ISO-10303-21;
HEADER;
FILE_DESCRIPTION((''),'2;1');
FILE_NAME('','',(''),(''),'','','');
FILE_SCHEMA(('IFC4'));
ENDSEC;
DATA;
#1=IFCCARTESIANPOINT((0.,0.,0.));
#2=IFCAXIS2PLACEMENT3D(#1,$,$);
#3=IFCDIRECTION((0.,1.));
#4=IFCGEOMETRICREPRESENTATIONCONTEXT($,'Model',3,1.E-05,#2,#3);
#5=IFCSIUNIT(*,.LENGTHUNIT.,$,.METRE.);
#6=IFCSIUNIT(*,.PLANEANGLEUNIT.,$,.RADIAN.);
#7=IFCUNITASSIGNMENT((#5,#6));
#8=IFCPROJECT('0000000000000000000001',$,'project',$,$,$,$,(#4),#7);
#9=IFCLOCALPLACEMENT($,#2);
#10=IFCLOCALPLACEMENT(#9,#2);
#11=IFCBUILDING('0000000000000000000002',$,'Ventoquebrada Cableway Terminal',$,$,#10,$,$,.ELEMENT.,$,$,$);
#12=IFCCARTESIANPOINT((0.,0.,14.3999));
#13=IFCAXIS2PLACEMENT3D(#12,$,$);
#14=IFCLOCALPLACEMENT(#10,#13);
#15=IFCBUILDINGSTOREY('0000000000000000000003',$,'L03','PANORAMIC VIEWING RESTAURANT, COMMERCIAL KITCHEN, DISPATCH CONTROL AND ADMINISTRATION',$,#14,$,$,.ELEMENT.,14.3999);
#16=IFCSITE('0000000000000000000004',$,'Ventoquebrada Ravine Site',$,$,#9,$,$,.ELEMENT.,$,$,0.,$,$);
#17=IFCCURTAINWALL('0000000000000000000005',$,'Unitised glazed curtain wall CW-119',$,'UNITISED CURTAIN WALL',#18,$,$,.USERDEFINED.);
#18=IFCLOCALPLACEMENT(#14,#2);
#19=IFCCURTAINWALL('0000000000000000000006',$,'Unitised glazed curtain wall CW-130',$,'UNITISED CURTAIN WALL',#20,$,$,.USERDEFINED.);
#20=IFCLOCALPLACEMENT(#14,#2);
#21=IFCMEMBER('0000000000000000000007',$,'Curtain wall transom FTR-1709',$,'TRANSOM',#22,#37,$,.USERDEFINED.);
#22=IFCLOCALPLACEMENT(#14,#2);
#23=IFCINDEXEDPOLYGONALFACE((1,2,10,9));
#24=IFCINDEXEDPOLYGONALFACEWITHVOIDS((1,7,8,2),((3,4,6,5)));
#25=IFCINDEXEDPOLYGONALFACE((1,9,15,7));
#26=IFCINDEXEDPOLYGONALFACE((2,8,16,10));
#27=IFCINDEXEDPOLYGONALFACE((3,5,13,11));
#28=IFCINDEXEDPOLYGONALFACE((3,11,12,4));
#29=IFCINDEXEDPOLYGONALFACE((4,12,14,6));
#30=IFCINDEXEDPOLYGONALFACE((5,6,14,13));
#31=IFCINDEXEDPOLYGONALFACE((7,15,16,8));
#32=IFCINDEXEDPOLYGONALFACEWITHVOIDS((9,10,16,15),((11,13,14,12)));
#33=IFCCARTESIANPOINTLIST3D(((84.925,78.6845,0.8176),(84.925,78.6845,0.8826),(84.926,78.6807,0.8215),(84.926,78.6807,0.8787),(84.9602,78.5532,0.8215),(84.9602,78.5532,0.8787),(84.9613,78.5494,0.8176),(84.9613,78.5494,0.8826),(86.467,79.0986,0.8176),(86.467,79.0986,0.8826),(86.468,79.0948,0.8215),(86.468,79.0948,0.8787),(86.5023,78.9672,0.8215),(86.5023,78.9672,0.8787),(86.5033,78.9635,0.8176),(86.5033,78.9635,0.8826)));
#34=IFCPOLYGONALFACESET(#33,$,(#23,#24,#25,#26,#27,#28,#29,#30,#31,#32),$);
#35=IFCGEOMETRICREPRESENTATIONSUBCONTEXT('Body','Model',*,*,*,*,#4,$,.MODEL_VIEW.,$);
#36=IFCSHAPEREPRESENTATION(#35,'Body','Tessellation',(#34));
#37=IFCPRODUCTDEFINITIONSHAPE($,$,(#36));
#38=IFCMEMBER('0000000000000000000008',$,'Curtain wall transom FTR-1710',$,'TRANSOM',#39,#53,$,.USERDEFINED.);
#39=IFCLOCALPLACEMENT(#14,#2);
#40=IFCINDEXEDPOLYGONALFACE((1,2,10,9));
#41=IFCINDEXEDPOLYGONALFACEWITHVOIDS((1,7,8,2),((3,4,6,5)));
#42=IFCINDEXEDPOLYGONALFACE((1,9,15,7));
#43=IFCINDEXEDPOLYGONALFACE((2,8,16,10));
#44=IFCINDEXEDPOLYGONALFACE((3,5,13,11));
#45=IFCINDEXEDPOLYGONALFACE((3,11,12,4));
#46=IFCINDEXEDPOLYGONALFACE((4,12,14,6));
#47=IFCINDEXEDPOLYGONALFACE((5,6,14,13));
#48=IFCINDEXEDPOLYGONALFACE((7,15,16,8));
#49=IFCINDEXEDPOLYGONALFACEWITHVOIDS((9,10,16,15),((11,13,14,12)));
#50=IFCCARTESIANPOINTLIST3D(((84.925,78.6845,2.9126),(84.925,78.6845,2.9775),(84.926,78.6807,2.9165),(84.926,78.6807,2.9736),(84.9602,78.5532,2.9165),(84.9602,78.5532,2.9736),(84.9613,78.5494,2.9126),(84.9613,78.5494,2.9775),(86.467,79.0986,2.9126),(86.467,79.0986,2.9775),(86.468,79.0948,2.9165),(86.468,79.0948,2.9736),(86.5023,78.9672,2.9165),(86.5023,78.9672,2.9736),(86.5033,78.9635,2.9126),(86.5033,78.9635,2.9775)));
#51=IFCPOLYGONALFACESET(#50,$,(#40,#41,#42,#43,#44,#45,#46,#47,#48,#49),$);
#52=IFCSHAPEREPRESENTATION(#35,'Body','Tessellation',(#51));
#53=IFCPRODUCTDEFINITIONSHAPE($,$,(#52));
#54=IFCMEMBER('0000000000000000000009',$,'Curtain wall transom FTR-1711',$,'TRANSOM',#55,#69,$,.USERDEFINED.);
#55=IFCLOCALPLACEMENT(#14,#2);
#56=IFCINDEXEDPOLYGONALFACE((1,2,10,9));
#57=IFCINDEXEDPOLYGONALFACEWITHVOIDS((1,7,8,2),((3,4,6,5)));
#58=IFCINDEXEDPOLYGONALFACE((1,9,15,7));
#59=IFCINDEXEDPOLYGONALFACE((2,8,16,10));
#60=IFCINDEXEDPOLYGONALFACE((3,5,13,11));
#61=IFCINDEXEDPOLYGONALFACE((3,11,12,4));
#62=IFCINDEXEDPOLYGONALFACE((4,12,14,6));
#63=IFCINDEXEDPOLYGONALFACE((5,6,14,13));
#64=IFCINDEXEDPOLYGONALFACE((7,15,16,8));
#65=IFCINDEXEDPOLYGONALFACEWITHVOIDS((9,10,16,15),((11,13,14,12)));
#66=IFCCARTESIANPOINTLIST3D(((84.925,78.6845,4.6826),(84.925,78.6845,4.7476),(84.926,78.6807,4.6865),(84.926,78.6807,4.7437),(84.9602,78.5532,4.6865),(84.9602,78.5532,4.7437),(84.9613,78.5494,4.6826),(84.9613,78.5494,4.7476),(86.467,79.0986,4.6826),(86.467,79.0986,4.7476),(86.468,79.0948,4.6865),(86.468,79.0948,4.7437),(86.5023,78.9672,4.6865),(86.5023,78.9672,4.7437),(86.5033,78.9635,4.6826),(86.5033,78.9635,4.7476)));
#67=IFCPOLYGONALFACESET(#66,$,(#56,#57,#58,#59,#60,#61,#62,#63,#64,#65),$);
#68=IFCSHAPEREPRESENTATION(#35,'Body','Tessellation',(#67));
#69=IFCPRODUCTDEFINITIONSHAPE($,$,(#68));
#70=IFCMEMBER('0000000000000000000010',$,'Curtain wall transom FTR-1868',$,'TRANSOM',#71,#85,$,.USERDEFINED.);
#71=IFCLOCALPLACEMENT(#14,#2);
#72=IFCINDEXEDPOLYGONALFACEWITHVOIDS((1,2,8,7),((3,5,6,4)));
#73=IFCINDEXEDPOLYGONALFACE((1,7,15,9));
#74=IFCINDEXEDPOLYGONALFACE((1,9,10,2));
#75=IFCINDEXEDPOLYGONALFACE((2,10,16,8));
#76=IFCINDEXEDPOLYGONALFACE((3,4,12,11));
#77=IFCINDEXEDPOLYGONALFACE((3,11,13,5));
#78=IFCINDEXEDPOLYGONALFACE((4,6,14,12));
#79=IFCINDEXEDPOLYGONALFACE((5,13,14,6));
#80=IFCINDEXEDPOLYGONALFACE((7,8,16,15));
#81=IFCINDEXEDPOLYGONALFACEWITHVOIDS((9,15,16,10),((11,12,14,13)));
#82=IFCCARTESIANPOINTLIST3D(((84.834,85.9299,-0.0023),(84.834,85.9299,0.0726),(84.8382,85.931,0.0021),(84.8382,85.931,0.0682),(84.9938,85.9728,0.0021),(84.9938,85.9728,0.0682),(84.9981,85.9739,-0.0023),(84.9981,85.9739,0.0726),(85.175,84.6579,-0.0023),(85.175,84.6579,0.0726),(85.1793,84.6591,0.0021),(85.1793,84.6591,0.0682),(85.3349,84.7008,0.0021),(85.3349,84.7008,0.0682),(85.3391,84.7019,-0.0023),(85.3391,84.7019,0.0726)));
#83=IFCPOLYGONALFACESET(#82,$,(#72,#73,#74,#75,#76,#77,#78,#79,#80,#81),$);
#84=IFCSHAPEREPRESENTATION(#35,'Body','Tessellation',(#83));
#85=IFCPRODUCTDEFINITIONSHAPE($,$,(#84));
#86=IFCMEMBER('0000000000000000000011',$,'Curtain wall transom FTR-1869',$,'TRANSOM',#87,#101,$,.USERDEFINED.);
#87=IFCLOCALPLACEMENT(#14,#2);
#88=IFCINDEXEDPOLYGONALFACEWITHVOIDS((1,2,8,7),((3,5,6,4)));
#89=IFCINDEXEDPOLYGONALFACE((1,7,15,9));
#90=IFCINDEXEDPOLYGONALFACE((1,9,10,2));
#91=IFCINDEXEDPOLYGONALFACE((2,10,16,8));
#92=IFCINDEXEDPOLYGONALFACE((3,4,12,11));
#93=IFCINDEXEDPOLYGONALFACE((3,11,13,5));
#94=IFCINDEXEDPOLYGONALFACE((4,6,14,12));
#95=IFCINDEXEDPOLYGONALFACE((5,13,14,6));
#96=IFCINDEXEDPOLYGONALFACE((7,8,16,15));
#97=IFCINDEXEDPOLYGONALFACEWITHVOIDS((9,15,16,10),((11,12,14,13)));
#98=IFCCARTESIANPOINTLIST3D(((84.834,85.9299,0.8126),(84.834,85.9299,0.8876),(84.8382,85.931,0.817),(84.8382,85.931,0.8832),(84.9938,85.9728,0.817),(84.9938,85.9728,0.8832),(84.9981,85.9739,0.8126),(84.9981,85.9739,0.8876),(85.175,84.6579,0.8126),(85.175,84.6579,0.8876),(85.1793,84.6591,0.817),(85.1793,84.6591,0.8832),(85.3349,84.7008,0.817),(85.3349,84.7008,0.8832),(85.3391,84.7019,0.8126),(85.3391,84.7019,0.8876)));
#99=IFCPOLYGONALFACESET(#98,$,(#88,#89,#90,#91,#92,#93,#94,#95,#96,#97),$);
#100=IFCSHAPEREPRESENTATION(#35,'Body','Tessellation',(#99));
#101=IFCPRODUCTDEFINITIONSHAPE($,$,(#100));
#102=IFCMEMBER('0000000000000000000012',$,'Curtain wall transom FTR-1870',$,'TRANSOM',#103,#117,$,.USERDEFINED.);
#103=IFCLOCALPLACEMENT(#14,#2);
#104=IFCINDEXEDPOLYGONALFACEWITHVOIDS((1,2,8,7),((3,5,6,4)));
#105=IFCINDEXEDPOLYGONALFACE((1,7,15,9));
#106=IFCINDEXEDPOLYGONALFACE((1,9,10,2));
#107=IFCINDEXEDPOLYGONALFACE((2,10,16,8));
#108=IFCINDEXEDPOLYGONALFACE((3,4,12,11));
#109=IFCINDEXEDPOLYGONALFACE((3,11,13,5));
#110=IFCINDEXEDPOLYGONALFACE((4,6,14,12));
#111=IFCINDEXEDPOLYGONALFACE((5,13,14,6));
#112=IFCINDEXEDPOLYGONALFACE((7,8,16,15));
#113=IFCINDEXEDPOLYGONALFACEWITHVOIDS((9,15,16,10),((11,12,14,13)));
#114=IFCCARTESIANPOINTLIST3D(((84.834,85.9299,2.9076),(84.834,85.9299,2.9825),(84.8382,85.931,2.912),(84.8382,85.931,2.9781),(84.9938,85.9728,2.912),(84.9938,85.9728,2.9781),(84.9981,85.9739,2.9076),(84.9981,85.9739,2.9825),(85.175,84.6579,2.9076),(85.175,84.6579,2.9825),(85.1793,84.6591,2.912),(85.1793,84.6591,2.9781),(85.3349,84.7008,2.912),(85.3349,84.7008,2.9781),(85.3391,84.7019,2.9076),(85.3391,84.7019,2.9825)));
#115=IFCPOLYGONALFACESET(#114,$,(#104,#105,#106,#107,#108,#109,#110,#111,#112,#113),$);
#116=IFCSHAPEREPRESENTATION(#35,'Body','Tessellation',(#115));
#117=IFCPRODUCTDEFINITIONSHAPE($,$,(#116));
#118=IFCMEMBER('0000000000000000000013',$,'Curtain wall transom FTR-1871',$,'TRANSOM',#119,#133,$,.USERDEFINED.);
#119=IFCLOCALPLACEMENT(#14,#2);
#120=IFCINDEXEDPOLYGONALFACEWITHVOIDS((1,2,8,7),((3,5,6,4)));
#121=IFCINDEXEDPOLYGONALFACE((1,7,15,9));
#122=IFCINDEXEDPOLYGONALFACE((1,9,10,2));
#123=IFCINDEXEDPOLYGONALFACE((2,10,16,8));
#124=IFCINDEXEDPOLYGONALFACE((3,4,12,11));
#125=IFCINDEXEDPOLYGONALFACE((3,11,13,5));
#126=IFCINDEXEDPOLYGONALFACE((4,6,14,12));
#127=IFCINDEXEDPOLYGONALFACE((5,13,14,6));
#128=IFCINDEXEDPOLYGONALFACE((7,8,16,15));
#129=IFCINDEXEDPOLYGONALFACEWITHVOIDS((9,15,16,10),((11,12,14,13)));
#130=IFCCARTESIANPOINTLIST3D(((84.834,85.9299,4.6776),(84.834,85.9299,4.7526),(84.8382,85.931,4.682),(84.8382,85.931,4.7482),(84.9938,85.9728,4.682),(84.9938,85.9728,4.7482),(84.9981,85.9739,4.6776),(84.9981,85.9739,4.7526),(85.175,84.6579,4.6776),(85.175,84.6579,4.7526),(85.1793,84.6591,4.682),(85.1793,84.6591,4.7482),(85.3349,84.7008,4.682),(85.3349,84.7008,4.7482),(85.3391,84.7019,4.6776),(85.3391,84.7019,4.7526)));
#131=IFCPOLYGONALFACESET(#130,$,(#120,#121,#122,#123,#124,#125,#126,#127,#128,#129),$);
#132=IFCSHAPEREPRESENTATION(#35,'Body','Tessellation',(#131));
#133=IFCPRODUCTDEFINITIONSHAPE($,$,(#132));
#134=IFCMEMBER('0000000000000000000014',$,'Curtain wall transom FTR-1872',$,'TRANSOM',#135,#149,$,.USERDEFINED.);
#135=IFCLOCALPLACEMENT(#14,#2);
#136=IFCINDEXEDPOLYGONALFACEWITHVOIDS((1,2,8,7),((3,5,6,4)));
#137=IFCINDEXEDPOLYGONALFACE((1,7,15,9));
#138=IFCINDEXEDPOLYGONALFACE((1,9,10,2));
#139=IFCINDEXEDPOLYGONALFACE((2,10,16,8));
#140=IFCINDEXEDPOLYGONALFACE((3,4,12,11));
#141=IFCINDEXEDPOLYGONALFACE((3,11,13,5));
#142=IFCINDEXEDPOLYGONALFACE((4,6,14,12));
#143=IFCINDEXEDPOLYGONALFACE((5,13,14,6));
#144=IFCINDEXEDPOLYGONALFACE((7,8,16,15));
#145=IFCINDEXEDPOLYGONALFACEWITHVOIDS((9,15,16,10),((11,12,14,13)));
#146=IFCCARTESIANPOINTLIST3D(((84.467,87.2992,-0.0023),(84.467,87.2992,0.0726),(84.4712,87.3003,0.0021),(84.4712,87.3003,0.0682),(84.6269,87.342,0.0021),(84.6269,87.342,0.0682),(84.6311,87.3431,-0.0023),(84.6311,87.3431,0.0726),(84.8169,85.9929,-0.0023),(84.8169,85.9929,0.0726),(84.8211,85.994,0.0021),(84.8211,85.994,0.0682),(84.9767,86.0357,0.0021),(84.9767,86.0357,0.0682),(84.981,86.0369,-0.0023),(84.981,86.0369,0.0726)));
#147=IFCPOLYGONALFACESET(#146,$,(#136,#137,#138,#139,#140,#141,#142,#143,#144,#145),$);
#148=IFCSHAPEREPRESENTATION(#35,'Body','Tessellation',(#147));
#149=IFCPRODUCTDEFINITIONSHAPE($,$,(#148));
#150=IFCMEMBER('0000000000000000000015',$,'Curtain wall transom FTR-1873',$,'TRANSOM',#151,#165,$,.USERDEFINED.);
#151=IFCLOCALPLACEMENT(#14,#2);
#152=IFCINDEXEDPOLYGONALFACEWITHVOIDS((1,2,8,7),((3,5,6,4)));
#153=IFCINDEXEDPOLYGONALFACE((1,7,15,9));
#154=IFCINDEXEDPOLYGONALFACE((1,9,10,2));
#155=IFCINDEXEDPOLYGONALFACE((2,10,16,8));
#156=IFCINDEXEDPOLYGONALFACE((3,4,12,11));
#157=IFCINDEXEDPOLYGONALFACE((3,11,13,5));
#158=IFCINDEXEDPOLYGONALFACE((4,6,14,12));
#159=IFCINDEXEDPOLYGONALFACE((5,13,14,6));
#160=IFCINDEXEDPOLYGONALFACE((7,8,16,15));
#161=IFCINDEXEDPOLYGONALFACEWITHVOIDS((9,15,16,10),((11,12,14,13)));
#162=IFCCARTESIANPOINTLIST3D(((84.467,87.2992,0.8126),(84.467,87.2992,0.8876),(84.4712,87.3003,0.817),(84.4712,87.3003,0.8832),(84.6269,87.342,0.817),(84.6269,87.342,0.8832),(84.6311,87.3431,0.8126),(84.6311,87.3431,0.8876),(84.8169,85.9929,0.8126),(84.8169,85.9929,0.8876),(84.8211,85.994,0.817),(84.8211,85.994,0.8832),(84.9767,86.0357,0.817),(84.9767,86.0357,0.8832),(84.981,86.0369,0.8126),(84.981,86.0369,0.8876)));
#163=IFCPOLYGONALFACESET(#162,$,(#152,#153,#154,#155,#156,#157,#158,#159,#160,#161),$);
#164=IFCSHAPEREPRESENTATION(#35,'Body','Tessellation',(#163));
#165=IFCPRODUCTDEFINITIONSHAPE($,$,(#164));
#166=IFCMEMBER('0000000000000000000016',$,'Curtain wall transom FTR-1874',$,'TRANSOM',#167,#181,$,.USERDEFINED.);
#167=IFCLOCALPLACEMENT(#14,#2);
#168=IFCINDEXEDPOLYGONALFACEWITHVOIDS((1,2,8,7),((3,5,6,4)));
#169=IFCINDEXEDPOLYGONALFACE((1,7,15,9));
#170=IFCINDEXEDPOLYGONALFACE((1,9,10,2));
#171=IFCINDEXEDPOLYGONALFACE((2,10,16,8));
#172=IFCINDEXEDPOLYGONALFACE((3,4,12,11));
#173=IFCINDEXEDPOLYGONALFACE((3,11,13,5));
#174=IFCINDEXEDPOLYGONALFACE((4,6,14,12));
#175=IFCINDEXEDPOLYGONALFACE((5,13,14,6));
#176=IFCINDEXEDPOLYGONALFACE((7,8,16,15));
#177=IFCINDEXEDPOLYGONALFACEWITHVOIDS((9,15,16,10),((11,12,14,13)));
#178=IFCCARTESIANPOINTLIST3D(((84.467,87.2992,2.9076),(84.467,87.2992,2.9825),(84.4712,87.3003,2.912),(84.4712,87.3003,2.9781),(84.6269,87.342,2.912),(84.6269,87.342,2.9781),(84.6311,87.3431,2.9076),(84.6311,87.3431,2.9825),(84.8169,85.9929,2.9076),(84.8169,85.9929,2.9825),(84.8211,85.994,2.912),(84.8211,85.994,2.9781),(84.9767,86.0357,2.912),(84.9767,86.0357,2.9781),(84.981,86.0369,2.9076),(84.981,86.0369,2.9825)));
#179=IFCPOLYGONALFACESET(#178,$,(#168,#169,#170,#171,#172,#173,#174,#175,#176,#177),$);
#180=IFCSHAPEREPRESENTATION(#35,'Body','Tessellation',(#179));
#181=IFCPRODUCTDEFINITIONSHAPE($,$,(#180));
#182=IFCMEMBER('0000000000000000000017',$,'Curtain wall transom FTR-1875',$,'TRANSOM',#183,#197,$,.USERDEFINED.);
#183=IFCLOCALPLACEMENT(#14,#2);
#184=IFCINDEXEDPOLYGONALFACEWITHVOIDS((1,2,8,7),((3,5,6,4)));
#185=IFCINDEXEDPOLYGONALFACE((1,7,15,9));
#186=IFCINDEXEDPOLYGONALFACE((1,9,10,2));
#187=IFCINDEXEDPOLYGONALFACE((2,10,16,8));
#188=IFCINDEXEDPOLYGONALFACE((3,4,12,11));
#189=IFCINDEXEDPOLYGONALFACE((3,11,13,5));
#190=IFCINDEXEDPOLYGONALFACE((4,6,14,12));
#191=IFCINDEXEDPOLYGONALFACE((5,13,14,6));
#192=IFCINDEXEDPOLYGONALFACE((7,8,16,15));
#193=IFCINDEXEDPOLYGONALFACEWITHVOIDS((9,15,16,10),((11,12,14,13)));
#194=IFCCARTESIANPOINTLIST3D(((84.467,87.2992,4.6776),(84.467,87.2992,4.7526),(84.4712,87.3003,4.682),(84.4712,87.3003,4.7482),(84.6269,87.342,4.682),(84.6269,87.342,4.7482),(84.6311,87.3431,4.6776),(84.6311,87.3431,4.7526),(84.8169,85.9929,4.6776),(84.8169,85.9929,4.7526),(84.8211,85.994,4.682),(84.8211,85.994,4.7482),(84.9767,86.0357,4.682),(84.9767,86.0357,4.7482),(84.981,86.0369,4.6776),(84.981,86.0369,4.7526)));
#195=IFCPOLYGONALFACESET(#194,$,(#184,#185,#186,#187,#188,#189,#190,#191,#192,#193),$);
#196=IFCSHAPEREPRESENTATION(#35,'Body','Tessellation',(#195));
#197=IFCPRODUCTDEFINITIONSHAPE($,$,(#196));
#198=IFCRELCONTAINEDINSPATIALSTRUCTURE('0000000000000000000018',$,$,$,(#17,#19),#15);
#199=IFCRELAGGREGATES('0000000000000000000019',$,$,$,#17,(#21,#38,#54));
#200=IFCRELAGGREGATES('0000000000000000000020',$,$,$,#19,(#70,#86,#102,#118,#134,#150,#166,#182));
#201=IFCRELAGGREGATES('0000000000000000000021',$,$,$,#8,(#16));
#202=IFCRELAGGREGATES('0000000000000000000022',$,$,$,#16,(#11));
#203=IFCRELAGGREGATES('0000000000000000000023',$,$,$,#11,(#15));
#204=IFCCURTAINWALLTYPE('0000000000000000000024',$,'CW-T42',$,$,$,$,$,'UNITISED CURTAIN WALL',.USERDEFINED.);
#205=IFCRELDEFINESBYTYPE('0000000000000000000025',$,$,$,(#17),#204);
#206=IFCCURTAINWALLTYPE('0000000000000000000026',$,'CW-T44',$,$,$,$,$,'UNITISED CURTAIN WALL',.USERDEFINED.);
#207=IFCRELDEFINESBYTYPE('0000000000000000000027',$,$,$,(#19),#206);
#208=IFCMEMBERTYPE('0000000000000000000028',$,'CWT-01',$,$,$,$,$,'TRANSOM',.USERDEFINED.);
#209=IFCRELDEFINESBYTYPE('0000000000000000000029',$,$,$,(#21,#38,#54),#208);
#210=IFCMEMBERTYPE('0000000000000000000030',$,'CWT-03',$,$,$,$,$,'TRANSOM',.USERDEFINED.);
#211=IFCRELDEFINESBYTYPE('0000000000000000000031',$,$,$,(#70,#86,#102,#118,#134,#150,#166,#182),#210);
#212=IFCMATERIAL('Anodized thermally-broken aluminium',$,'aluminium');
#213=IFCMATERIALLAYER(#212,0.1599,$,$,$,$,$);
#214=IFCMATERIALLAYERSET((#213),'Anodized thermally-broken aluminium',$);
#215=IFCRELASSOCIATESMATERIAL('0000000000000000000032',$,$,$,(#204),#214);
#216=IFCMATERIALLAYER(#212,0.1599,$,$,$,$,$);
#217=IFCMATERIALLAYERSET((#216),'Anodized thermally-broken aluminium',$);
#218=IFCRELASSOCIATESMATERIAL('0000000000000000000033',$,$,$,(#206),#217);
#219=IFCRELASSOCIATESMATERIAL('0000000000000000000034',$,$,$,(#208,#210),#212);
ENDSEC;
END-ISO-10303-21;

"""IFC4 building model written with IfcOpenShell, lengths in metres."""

from ifc_helpers import new_model, si_unit, direction, frame, origin, origin_2d, place, context, subcontext, project, spatial, hollow_rectangle, extrude, material, layer, layer_set, material_profile, profile_set, type_object, element, aggregate, save


model = new_model("IFC4")

# Units and contexts
model_context = context("Model", 3, precision=1e-05, world=origin(), true_north=direction((0.0, 1.0)))
body_context = subcontext(model_context, "Body", "Model", "MODEL_VIEW")
ifc_project = project(units=[si_unit("LENGTHUNIT", "METRE"), si_unit("PLANEANGLEUNIT", "RADIAN")], contexts=[model_context])

# Site, building, storey
site_placement = place(None, origin())
site = spatial("IfcSite", under=ifc_project, at=site_placement, Name="Ventoquebrada Ravine Site", CompositionType="ELEMENT", RefElevation=0.0)
building_placement = place(site_placement, origin())
building = spatial("IfcBuilding", under=site, at=building_placement, Name="Ventoquebrada Cableway Terminal", CompositionType="ELEMENT")
storey_placement = place(building_placement, frame((0.0, 0.0, 14.3999)))
storey = spatial("IfcBuildingStorey", under=building, at=storey_placement, Name="L03", Description="PANORAMIC VIEWING RESTAURANT, COMMERCIAL KITCHEN, DISPATCH CONTROL AND ADMINISTRATION", CompositionType="ELEMENT", Elevation=14.3999)

# Curtain wall
ifc_material_1 = material(Name="Anodized thermally-broken aluminium", Category="aluminium")
ifc_layer_1 = layer(ifc_material_1, 0.1599)
ifc_layer_set_1 = layer_set([ifc_layer_1], Name="Anodized thermally-broken aluminium")
curtain_wall_type_1 = type_object("IfcCurtainWallType", Name="CW-T42", ElementType="UNITISED CURTAIN WALL", PredefinedType="USERDEFINED", material=ifc_layer_set_1)
curtain_wall_1_placement = place(storey_placement, origin())
curtain_wall_1 = element("IfcCurtainWall", 1, at=curtain_wall_1_placement, inside=storey, type_object=curtain_wall_type_1, Name="Unitised glazed curtain wall CW-119", ObjectType="UNITISED CURTAIN WALL", PredefinedType="USERDEFINED")

# Curtain wall
ifc_layer_2 = layer(ifc_material_1, 0.1599)
ifc_layer_set_2 = layer_set([ifc_layer_2], Name="Anodized thermally-broken aluminium")
curtain_wall_type_2 = type_object("IfcCurtainWallType", Name="CW-T44", ElementType="UNITISED CURTAIN WALL", PredefinedType="USERDEFINED", material=ifc_layer_set_2)
curtain_wall_2_placement = place(storey_placement, origin())
curtain_wall_2 = element("IfcCurtainWall", 2, at=curtain_wall_2_placement, inside=storey, type_object=curtain_wall_type_2, Name="Unitised glazed curtain wall CW-130", ObjectType="UNITISED CURTAIN WALL", PredefinedType="USERDEFINED")

# Members
ifc_material_profile_1 = material_profile(ifc_material_1, hollow_rectangle(XDim=0.0649, YDim=0.1399, WallThickness=0.0039, at=origin_2d()), Name="CW-TRN-65X140")
ifc_profile_set_1 = profile_set([ifc_material_profile_1], Name="Anodized thermally-broken aluminium")
member_type_1 = type_object("IfcMemberType", Name="CWT-01", ElementType="TRANSOM", PredefinedType="USERDEFINED", material=ifc_profile_set_1)
member_1_placement = place(storey_placement, frame((84.9431, 78.6169, 0.8501), z_axis=(0.965787, 0.259337, 0.0), x_axis=(0.0, 0.0, 1.0)))
member_1 = element("IfcMember", 3, at=member_1_placement, type_object=member_type_1, Name="Curtain wall transom FTR-1709", ObjectType="TRANSOM", PredefinedType="USERDEFINED", context=body_context, shape_type="SweptSolid", body=[
    extrude(hollow_rectangle(XDim=0.0649, YDim=0.1399, WallThickness=0.0039, at=origin_2d()), origin(), (0.0, 0.0, 1.0), 1.5967),
])
member_2_placement = place(storey_placement, frame((84.9431, 78.6169, 2.9451), z_axis=(0.965787, 0.259337, 0.0), x_axis=(0.0, 0.0, 1.0)))
member_2 = element("IfcMember", 4, at=member_2_placement, type_object=member_type_1, Name="Curtain wall transom FTR-1710", ObjectType="TRANSOM", PredefinedType="USERDEFINED", context=body_context, shape_type="SweptSolid", body=[
    extrude(hollow_rectangle(XDim=0.0649, YDim=0.1399, WallThickness=0.0039, at=origin_2d()), origin(), (0.0, 0.0, 1.0), 1.5967),
])
member_3_placement = place(storey_placement, frame((84.9431, 78.6169, 4.7151), z_axis=(0.965787, 0.259337, 0.0), x_axis=(0.0, 0.0, 1.0)))
member_3 = element("IfcMember", 5, at=member_3_placement, type_object=member_type_1, Name="Curtain wall transom FTR-1711", ObjectType="TRANSOM", PredefinedType="USERDEFINED", context=body_context, shape_type="SweptSolid", body=[
    extrude(hollow_rectangle(XDim=0.0649, YDim=0.1399, WallThickness=0.0039, at=origin_2d()), origin(), (0.0, 0.0, 1.0), 1.5967),
])
ifc_material_profile_2 = material_profile(ifc_material_1, hollow_rectangle(XDim=0.075, YDim=0.1699, WallThickness=0.0044, at=origin_2d()), Name="CW-TRN-75X170")
ifc_profile_set_2 = profile_set([ifc_material_profile_2], Name="Anodized thermally-broken aluminium")
member_type_2 = type_object("IfcMemberType", Name="CWT-03", ElementType="TRANSOM", PredefinedType="USERDEFINED", material=ifc_profile_set_2)
member_4_placement = place(storey_placement, frame((85.2571, 84.6799, 0.0352), z_axis=(-0.258989, 0.96588, 0.0), x_axis=(0.0, 0.0, 1.0)))
member_4 = element("IfcMember", 6, at=member_4_placement, type_object=member_type_2, Name="Curtain wall transom FTR-1868", ObjectType="TRANSOM", PredefinedType="USERDEFINED", context=body_context, shape_type="SweptSolid", body=[
    extrude(hollow_rectangle(XDim=0.075, YDim=0.1699, WallThickness=0.0044, at=origin_2d()), origin(), (0.0, 0.0, 1.0), 1.3169),
])
member_5_placement = place(storey_placement, frame((85.2571, 84.6799, 0.8501), z_axis=(-0.258989, 0.96588, 0.0), x_axis=(0.0, 0.0, 1.0)))
member_5 = element("IfcMember", 7, at=member_5_placement, type_object=member_type_2, Name="Curtain wall transom FTR-1869", ObjectType="TRANSOM", PredefinedType="USERDEFINED", context=body_context, shape_type="SweptSolid", body=[
    extrude(hollow_rectangle(XDim=0.075, YDim=0.1699, WallThickness=0.0044, at=origin_2d()), origin(), (0.0, 0.0, 1.0), 1.3169),
])
member_6_placement = place(storey_placement, frame((85.2571, 84.6799, 2.9451), z_axis=(-0.258989, 0.96588, 0.0), x_axis=(0.0, 0.0, 1.0)))
member_6 = element("IfcMember", 8, at=member_6_placement, type_object=member_type_2, Name="Curtain wall transom FTR-1870", ObjectType="TRANSOM", PredefinedType="USERDEFINED", context=body_context, shape_type="SweptSolid", body=[
    extrude(hollow_rectangle(XDim=0.075, YDim=0.1699, WallThickness=0.0044, at=origin_2d()), origin(), (0.0, 0.0, 1.0), 1.3169),
])
member_7_placement = place(storey_placement, frame((85.2571, 84.6799, 4.7151), z_axis=(-0.258989, 0.96588, 0.0), x_axis=(0.0, 0.0, 1.0)))
member_7 = element("IfcMember", 9, at=member_7_placement, type_object=member_type_2, Name="Curtain wall transom FTR-1871", ObjectType="TRANSOM", PredefinedType="USERDEFINED", context=body_context, shape_type="SweptSolid", body=[
    extrude(hollow_rectangle(XDim=0.075, YDim=0.1699, WallThickness=0.0044, at=origin_2d()), origin(), (0.0, 0.0, 1.0), 1.3169),
])
member_8_placement = place(storey_placement, frame((84.8989, 86.0149, 0.0352), z_axis=(-0.25873, 0.96595, 0.0), x_axis=(0.0, 0.0, 1.0)))
member_8 = element("IfcMember", 10, at=member_8_placement, type_object=member_type_2, Name="Curtain wall transom FTR-1872", ObjectType="TRANSOM", PredefinedType="USERDEFINED", context=body_context, shape_type="SweptSolid", body=[
    extrude(hollow_rectangle(XDim=0.075, YDim=0.1699, WallThickness=0.0044, at=origin_2d()), origin(), (0.0, 0.0, 1.0), 1.3523),
])
member_9_placement = place(storey_placement, frame((84.8989, 86.0149, 0.8501), z_axis=(-0.25873, 0.96595, 0.0), x_axis=(0.0, 0.0, 1.0)))
member_9 = element("IfcMember", 11, at=member_9_placement, type_object=member_type_2, Name="Curtain wall transom FTR-1873", ObjectType="TRANSOM", PredefinedType="USERDEFINED", context=body_context, shape_type="SweptSolid", body=[
    extrude(hollow_rectangle(XDim=0.075, YDim=0.1699, WallThickness=0.0044, at=origin_2d()), origin(), (0.0, 0.0, 1.0), 1.3523),
])
member_10_placement = place(storey_placement, frame((84.8989, 86.0149, 2.9451), z_axis=(-0.25873, 0.96595, 0.0), x_axis=(0.0, 0.0, 1.0)))
member_10 = element("IfcMember", 12, at=member_10_placement, type_object=member_type_2, Name="Curtain wall transom FTR-1874", ObjectType="TRANSOM", PredefinedType="USERDEFINED", context=body_context, shape_type="SweptSolid", body=[
    extrude(hollow_rectangle(XDim=0.075, YDim=0.1699, WallThickness=0.0044, at=origin_2d()), origin(), (0.0, 0.0, 1.0), 1.3523),
])
member_11_placement = place(storey_placement, frame((84.8989, 86.0149, 4.7151), z_axis=(-0.25873, 0.96595, 0.0), x_axis=(0.0, 0.0, 1.0)))
member_11 = element("IfcMember", 13, at=member_11_placement, type_object=member_type_2, Name="Curtain wall transom FTR-1875", ObjectType="TRANSOM", PredefinedType="USERDEFINED", context=body_context, shape_type="SweptSolid", body=[
    extrude(hollow_rectangle(XDim=0.075, YDim=0.1699, WallThickness=0.0044, at=origin_2d()), origin(), (0.0, 0.0, 1.0), 1.3523),
])

aggregate(curtain_wall_1, [member_1, member_2, member_3])
aggregate(curtain_wall_2, [member_4, member_5, member_6, member_7, member_8, member_9, member_10, member_11])

save(model, "model.ifc")
